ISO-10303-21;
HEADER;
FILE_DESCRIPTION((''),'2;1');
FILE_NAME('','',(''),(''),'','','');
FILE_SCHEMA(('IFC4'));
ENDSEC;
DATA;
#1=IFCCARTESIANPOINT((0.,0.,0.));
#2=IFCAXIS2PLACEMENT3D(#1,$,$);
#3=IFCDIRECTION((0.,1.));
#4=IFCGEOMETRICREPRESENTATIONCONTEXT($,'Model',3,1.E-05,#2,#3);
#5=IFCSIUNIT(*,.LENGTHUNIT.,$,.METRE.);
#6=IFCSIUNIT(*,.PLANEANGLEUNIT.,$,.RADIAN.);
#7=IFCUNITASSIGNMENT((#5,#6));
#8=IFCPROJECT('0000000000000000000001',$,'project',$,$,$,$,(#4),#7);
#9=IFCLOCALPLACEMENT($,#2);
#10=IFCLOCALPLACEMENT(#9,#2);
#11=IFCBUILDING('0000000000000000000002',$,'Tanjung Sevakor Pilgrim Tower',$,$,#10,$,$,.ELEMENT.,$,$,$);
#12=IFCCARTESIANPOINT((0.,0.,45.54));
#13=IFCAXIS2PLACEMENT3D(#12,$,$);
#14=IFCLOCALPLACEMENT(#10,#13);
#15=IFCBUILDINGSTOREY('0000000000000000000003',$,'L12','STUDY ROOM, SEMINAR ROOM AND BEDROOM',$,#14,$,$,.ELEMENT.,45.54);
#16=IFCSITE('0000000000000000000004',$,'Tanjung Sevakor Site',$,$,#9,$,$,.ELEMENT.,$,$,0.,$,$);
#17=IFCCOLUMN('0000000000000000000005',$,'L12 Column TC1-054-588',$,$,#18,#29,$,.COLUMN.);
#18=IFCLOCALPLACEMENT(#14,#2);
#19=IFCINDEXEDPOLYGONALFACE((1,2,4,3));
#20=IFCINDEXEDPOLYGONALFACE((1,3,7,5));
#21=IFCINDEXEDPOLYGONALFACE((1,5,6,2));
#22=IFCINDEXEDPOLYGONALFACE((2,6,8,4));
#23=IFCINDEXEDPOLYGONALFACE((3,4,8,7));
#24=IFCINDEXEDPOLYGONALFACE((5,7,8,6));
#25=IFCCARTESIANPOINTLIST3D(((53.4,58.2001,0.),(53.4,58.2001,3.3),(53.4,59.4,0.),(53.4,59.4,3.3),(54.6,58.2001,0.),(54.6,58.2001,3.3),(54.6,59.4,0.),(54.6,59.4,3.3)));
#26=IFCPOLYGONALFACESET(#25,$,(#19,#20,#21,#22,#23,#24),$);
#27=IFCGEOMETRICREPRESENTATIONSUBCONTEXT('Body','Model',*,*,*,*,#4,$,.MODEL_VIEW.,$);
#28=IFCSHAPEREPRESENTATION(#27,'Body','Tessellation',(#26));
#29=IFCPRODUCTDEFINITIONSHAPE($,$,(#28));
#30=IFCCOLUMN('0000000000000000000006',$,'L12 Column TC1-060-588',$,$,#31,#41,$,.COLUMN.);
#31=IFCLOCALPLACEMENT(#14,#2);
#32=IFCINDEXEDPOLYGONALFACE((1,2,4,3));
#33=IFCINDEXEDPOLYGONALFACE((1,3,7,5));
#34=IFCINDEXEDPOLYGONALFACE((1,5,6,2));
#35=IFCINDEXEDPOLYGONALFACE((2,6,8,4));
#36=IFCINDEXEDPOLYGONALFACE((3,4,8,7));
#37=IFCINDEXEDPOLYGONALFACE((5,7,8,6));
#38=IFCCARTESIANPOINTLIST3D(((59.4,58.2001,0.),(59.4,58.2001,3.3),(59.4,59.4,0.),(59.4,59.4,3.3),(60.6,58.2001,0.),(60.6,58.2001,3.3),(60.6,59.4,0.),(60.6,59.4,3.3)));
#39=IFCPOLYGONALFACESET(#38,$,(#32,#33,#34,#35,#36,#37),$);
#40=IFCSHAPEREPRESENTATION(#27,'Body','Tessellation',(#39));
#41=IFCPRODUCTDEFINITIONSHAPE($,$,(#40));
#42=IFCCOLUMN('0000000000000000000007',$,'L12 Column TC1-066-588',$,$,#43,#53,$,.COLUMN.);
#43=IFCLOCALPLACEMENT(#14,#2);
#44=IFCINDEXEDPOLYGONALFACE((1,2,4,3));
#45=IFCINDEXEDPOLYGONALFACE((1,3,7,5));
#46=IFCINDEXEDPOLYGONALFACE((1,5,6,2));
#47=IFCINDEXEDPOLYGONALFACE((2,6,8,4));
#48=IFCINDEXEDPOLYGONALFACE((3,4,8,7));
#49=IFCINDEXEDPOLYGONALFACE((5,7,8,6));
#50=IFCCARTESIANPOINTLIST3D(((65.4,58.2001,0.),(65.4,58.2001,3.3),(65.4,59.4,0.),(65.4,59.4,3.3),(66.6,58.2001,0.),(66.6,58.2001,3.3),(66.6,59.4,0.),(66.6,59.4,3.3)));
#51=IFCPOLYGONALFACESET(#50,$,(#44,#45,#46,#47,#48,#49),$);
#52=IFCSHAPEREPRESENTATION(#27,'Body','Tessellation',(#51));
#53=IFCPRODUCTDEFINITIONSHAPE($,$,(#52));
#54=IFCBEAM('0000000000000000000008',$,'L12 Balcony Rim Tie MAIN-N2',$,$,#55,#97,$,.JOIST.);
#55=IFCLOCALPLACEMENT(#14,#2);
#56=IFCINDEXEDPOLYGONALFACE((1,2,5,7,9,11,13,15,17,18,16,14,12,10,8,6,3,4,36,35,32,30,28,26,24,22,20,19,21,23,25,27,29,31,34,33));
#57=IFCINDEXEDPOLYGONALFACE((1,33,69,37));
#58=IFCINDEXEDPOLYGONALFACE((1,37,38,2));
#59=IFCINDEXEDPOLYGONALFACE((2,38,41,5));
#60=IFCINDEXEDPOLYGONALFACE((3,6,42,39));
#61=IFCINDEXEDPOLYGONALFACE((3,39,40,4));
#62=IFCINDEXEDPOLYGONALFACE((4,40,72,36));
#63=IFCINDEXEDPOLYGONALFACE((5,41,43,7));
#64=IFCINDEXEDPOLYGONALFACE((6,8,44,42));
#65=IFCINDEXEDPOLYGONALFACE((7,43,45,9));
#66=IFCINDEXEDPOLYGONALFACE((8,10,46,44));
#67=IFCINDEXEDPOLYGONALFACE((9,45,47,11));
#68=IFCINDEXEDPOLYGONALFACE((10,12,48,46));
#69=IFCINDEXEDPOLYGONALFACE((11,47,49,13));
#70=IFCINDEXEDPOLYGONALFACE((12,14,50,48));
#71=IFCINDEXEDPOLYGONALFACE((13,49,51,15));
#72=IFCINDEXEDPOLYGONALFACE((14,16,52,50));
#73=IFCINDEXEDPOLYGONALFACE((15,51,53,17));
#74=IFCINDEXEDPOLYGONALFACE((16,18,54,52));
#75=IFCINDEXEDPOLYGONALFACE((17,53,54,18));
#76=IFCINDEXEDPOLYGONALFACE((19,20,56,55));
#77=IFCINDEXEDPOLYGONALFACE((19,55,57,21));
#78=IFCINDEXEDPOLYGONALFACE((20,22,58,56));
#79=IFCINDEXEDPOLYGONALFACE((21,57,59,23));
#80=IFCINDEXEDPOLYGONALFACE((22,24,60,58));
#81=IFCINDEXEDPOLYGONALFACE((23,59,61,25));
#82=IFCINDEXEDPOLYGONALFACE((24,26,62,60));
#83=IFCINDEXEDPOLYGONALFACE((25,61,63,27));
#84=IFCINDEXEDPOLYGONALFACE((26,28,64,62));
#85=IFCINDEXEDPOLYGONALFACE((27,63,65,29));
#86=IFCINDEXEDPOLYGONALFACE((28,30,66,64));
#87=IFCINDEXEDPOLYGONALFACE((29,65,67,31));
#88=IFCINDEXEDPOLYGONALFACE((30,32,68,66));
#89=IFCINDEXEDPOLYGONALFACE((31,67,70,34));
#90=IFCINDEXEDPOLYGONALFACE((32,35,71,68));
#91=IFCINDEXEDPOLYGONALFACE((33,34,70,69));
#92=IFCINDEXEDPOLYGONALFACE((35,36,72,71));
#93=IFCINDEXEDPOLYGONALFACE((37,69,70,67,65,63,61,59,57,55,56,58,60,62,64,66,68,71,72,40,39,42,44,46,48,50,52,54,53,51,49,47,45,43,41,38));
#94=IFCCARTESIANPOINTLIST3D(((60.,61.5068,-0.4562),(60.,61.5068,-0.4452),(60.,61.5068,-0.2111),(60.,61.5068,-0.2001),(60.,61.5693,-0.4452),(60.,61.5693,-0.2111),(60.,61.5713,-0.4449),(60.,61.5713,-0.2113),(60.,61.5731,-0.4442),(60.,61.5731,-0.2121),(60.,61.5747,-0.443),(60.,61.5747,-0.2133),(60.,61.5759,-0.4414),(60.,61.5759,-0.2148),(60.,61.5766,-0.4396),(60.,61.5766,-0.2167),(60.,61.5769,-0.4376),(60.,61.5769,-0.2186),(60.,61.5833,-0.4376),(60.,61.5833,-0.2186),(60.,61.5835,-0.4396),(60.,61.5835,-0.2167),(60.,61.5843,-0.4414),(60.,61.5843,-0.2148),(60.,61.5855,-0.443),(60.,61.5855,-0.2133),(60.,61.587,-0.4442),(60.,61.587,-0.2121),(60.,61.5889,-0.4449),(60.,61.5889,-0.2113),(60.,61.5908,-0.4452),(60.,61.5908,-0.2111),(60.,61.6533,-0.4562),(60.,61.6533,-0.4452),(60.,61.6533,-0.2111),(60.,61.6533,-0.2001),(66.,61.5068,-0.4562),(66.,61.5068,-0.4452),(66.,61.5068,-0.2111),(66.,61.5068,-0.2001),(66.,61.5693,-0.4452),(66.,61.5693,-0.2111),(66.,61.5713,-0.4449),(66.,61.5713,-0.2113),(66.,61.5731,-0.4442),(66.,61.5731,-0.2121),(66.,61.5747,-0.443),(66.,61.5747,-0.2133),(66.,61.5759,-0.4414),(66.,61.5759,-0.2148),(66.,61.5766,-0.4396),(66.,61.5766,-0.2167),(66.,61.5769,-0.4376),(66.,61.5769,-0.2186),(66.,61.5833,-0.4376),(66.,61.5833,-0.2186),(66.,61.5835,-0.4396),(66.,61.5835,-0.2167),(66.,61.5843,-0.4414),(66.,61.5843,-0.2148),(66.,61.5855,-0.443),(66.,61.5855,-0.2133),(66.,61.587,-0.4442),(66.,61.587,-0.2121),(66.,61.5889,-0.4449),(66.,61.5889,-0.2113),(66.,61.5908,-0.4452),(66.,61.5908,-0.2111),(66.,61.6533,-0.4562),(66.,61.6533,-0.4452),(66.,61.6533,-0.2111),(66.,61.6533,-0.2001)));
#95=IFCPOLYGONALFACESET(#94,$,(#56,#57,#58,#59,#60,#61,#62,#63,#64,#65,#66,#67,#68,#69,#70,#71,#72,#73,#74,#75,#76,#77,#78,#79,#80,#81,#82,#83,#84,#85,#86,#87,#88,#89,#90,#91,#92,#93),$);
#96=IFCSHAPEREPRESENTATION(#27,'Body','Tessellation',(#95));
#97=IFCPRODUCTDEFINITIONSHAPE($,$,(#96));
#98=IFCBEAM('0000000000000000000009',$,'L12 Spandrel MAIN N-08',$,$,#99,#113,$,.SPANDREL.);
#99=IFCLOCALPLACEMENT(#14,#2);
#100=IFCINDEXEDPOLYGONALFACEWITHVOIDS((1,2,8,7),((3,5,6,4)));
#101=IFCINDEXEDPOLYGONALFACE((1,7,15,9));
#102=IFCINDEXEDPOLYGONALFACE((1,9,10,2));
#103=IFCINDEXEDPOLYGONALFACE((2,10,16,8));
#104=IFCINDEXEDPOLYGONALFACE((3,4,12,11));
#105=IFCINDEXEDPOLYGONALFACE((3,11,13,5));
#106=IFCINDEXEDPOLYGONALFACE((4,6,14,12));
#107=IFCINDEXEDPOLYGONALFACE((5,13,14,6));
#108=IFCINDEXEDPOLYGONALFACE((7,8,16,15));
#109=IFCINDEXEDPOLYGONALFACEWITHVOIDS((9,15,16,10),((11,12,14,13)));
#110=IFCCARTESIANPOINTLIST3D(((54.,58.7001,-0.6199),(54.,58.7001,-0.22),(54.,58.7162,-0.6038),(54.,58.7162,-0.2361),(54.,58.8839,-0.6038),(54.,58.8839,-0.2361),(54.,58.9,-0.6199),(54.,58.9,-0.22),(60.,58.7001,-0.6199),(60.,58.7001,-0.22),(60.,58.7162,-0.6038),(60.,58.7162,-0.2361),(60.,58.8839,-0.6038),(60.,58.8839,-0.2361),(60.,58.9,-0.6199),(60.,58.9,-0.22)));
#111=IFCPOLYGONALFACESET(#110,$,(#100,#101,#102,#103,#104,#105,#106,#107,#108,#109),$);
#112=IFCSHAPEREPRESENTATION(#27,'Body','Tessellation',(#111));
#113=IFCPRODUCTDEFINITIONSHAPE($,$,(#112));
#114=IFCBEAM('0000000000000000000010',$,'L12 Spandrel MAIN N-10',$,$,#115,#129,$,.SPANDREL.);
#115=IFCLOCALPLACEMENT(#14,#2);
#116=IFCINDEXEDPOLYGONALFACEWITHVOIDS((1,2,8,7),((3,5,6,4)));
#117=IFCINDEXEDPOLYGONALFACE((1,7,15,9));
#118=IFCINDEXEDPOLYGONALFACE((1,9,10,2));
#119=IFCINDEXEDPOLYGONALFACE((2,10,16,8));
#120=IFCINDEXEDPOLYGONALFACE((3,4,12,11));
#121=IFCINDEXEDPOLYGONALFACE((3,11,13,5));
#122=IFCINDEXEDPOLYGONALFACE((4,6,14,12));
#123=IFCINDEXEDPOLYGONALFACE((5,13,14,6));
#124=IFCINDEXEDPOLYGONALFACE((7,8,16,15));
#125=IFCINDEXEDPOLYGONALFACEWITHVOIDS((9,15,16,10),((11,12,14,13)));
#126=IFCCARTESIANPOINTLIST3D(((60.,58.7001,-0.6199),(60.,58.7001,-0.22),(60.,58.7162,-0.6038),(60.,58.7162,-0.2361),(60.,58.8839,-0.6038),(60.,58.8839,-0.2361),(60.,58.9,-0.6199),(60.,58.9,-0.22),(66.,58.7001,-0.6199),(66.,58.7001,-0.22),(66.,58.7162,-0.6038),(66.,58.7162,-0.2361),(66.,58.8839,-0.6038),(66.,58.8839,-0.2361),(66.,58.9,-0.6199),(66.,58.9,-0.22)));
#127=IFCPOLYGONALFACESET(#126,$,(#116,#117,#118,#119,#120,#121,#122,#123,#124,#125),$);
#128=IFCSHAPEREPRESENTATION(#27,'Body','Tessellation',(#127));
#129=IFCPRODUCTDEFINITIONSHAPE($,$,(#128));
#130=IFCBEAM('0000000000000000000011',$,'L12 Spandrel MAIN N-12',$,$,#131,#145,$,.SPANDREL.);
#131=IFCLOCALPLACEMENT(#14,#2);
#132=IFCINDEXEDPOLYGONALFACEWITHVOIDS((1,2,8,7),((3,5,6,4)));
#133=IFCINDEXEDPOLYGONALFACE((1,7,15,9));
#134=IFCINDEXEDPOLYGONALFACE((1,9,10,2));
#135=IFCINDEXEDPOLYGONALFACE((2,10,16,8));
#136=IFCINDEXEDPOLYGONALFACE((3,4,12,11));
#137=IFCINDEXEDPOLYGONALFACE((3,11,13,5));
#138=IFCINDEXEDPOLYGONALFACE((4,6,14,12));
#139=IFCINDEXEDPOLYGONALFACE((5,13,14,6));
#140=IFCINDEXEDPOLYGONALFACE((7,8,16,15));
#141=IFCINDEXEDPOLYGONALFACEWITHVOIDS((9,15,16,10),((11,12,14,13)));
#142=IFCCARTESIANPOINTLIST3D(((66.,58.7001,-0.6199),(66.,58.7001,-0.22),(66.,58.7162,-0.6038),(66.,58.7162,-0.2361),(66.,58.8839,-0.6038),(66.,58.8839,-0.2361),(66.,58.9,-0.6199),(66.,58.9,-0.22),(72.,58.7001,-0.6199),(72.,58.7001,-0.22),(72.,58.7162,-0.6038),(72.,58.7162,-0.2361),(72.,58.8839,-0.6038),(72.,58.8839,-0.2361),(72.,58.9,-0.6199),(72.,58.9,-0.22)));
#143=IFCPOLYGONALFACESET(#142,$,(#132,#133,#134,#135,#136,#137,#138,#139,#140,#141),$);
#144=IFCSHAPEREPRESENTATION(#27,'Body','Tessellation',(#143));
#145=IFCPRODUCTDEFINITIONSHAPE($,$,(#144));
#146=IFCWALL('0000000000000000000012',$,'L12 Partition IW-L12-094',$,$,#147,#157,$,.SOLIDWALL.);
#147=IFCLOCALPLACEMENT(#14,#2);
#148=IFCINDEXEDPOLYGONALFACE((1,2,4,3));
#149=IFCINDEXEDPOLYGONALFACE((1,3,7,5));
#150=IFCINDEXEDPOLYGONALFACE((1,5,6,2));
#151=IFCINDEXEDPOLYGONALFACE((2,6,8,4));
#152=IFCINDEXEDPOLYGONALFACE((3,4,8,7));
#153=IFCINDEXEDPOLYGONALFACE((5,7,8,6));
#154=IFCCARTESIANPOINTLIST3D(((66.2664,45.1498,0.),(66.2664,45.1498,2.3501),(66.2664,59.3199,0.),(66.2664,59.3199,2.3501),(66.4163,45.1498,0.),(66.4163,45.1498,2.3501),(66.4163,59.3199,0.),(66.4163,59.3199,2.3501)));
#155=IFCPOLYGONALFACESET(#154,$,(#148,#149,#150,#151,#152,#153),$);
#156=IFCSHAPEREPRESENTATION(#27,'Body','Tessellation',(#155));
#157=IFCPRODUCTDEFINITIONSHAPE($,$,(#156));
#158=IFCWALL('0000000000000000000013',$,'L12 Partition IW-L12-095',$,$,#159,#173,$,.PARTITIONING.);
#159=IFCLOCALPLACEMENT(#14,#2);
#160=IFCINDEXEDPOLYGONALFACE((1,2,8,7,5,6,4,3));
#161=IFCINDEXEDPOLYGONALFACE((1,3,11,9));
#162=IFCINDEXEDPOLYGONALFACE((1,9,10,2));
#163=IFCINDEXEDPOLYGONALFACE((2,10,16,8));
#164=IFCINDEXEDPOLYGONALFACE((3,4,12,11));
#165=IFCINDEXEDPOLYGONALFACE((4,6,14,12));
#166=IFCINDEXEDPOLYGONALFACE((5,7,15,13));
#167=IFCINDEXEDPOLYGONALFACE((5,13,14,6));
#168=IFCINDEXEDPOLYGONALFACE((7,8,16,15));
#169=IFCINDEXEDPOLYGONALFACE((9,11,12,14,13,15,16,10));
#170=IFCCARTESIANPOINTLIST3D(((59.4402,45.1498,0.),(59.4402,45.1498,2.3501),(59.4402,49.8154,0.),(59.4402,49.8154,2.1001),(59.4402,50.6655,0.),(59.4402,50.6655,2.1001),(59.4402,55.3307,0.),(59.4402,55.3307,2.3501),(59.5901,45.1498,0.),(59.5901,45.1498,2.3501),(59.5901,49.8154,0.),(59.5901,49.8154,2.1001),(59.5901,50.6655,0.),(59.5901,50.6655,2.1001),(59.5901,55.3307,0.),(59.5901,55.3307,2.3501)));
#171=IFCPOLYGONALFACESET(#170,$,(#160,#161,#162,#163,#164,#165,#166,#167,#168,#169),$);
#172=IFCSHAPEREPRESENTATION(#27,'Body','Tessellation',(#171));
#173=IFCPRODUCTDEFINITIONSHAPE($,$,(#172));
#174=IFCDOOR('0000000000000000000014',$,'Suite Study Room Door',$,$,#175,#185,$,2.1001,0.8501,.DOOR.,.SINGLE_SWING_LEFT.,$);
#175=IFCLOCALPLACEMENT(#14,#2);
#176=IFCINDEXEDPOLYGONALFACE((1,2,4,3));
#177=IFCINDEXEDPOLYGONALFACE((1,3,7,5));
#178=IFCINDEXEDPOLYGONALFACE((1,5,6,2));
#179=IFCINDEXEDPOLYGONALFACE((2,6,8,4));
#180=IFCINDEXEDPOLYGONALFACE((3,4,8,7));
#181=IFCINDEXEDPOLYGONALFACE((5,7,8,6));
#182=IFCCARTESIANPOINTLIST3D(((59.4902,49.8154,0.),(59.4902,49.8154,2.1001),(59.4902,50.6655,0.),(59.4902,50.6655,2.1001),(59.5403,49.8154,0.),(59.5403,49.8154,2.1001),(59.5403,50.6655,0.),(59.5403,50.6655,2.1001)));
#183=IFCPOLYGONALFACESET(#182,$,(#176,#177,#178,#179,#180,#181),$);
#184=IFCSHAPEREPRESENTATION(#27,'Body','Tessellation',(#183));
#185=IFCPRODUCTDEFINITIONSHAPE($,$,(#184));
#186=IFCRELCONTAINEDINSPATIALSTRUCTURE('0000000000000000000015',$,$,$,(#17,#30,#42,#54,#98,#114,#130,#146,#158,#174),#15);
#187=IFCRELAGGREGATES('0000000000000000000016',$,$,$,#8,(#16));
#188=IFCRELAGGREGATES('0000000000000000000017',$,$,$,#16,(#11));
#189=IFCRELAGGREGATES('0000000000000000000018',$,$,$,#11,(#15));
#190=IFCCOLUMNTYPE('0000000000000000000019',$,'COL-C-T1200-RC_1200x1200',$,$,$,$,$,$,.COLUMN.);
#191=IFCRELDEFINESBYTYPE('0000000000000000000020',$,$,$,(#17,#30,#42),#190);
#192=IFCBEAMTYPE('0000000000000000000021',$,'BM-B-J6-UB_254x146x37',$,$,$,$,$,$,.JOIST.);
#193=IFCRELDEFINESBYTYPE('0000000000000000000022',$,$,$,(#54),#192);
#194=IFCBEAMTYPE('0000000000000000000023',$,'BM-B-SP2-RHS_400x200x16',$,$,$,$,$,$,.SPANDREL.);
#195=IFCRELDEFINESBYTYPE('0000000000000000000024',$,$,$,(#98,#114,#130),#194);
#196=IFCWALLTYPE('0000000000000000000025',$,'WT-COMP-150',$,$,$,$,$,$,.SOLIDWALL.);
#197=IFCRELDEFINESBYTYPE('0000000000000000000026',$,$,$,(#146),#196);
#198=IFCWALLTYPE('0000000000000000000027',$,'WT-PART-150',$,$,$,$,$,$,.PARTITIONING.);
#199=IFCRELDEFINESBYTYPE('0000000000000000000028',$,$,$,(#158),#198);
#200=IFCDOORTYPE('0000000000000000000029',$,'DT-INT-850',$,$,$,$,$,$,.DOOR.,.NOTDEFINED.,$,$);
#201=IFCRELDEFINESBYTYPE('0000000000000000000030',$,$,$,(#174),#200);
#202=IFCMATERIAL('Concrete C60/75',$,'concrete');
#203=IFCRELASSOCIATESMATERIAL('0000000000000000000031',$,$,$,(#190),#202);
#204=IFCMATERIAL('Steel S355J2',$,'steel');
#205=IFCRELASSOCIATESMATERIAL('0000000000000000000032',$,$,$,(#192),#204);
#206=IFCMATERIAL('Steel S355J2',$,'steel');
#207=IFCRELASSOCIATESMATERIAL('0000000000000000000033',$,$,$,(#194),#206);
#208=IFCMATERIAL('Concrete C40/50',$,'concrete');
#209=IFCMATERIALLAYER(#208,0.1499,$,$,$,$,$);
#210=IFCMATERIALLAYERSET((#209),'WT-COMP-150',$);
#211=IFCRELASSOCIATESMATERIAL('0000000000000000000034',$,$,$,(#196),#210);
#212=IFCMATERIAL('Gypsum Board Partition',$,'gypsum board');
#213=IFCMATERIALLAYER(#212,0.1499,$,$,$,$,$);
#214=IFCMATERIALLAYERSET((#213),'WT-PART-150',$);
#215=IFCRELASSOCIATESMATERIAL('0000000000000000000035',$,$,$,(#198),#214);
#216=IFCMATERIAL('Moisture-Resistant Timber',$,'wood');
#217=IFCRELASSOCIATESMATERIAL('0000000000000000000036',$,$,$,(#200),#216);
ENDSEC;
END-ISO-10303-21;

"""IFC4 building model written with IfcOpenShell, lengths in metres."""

from ifc_helpers import new_model, si_unit, direction, frame, frame_2d, origin, origin_2d, place, context, subcontext, project, spatial, rectangle, hollow_rectangle, i_section, extrude, material, layer, layer_set, material_profile, profile_set, type_object, element, fill, save


model = new_model("IFC4")

# Units and contexts
model_context = context("Model", 3, precision=1e-05, world=origin(), true_north=direction((0.0, 1.0)))
body_context = subcontext(model_context, "Body", "Model", "MODEL_VIEW")
ifc_project = project(units=[si_unit("LENGTHUNIT", "METRE"), si_unit("PLANEANGLEUNIT", "RADIAN")], contexts=[model_context])

# Site, building, storey
site_placement = place(None, origin())
site = spatial("IfcSite", under=ifc_project, at=site_placement, Name="Tanjung Sevakor Site", CompositionType="ELEMENT", RefElevation=0.0)
building_placement = place(site_placement, origin())
building = spatial("IfcBuilding", under=site, at=building_placement, Name="Tanjung Sevakor Pilgrim Tower", CompositionType="ELEMENT")
storey_placement = place(building_placement, frame((0.0, 0.0, 45.54)))
storey = spatial("IfcBuildingStorey", under=building, at=storey_placement, Name="L12", Description="STUDY ROOM, SEMINAR ROOM AND BEDROOM", CompositionType="ELEMENT", Elevation=45.54)

# Columns
ifc_material_1 = material(Name="Concrete C60/75", Category="concrete")
ifc_material_profile_1 = material_profile(ifc_material_1, rectangle(XDim=1.2, YDim=1.2, at=origin_2d()))
ifc_profile_set_1 = profile_set([ifc_material_profile_1], Name="Concrete C60/75")
column_type = type_object("IfcColumnType", Name="COL-C-T1200-RC_1200x1200", PredefinedType="COLUMN", material=ifc_profile_set_1)
for number, where, z_axis, x_axis, name in (
    (1, (54.0, 58.8, 0.0), (0.0, 0.0, 1.0), (1.0, 0.0, 0.0), "L12 Column TC1-054-588"),
    (2, (60.0, 58.8, 0.0), (0.0, 0.0, 1.0), (1.0, 0.0, 0.0), "L12 Column TC1-060-588"),
    (3, (66.0, 58.8, 0.0), (0.0, 0.0, 1.0), (1.0, 0.0, 0.0), "L12 Column TC1-066-588"),
):
    element("IfcColumn", number, at=place(storey_placement, frame(where, z_axis=z_axis, x_axis=x_axis)), inside=storey, type_object=column_type, Name=name, PredefinedType="COLUMN", context=body_context, shape_type="SweptSolid", body=[
        extrude(rectangle(XDim=1.2, YDim=1.2, at=origin_2d()), origin(), (0.0, 0.0, 1.0), 3.3),
    ])

# Beams
ifc_material_2 = material(Name="Steel S355J2", Category="steel")
ifc_material_profile_2 = material_profile(ifc_material_2, i_section(OverallWidth=0.1465, OverallDepth=0.2561, WebThickness=0.0063, FlangeThickness=0.011, FilletRadius=0.0076, at=origin_2d()))
ifc_profile_set_2 = profile_set([ifc_material_profile_2], Name="Steel S355J2")
beam_type_1 = type_object("IfcBeamType", Name="BM-B-J6-UB_254x146x37", PredefinedType="JOIST", material=ifc_profile_set_2)
beam_placement = place(storey_placement, frame((60.0, 61.5801, -0.3281), z_axis=(1.0, 0.0, 0.0), x_axis=(0.0, 1.0, 0.0)))
element("IfcBeam", 4, at=beam_placement, inside=storey, type_object=beam_type_1, Name="L12 Balcony Rim Tie MAIN-N2", PredefinedType="JOIST", context=body_context, shape_type="SweptSolid", body=[
    extrude(i_section(OverallWidth=0.1465, OverallDepth=0.2561, WebThickness=0.0063, FlangeThickness=0.011, FilletRadius=0.0076, at=origin_2d()), origin(), (0.0, 0.0, 1.0), 6.0),
])
ifc_material_3 = material(Name="Steel S355J2", Category="steel")
ifc_material_profile_3 = material_profile(ifc_material_3, hollow_rectangle(XDim=0.2, YDim=0.3999, WallThickness=0.0161, at=origin_2d()))
ifc_profile_set_3 = profile_set([ifc_material_profile_3], Name="Steel S355J2")
beam_type_2 = type_object("IfcBeamType", Name="BM-B-SP2-RHS_400x200x16", PredefinedType="SPANDREL", material=ifc_profile_set_3)
for number, where, z_axis, x_axis, name in (
    (5, (54.0, 58.8, -0.4199), (1.0, 0.0, 0.0), (0.0, 1.0, 0.0), "L12 Spandrel MAIN N-08"),
    (6, (60.0, 58.8, -0.4199), (1.0, 0.0, 0.0), (0.0, 1.0, 0.0), "L12 Spandrel MAIN N-10"),
    (7, (66.0, 58.8, -0.4199), (1.0, 0.0, 0.0), (0.0, 1.0, 0.0), "L12 Spandrel MAIN N-12"),
):
    element("IfcBeam", number, at=place(storey_placement, frame(where, z_axis=z_axis, x_axis=x_axis)), inside=storey, type_object=beam_type_2, Name=name, PredefinedType="SPANDREL", context=body_context, shape_type="SweptSolid", body=[
        extrude(hollow_rectangle(XDim=0.2, YDim=0.3999, WallThickness=0.0161, at=origin_2d()), origin(), (0.0, 0.0, 1.0), 6.0),
    ])

# Wall
ifc_material_4 = material(Name="Concrete C40/50", Category="concrete")
ifc_layer_1 = layer(ifc_material_4, 0.1499)
ifc_layer_set_1 = layer_set([ifc_layer_1], Name="WT-COMP-150")
wall_type_1 = type_object("IfcWallType", Name="WT-COMP-150", PredefinedType="SOLIDWALL", material=ifc_layer_set_1)
wall_1_placement = place(storey_placement, frame((66.3413, 45.1499, 0.0), z_axis=(0.0, 0.0, 1.0), x_axis=(0.0, 1.0, 0.0)))
element("IfcWall", 8, at=wall_1_placement, inside=storey, type_object=wall_type_1, Name="L12 Partition IW-L12-094", PredefinedType="SOLIDWALL", context=body_context, shape_type="SweptSolid", body=[
    extrude(rectangle(XDim=14.1702, YDim=0.1499, at=frame_2d((7.085, 0.0))), origin(), (0.0, 0.0, 1.0), 2.3501),
])

# Wall, opening, door
ifc_material_5 = material(Name="Gypsum Board Partition", Category="gypsum board")
ifc_layer_2 = layer(ifc_material_5, 0.1499)
ifc_layer_set_2 = layer_set([ifc_layer_2], Name="WT-PART-150")
wall_type_2 = type_object("IfcWallType", Name="WT-PART-150", PredefinedType="PARTITIONING", material=ifc_layer_set_2)
wall_2_placement = place(storey_placement, frame((59.5151, 45.1499, 0.0), z_axis=(0.0, 0.0, 1.0), x_axis=(0.0, 1.0, 0.0)))
wall_2 = element("IfcWall", 9, at=wall_2_placement, inside=storey, type_object=wall_type_2, Name="L12 Partition IW-L12-095", PredefinedType="PARTITIONING", context=body_context, shape_type="SweptSolid", body=[
    extrude(rectangle(XDim=10.1809, YDim=0.1499, at=frame_2d((5.0903, 0.0))), origin(), (0.0, 0.0, 1.0), 2.3501),
])
opening_1_placement = place(wall_2_placement, frame((4.6655, 0.0, 0.0)))
opening_1 = element("IfcOpeningElement", 10, at=opening_1_placement, cuts=wall_2, PredefinedType="OPENING", context=body_context, shape_type="SweptSolid", body=[
    extrude(rectangle(XDim=0.8501, YDim=2.1001, at=frame_2d((0.425, 1.05))), frame((0.0, 0.085, 0.0), z_axis=(0.0, -1.0, 0.0), x_axis=(1.0, 0.0, 0.0)), (0.0, 0.0, 1.0), 0.1699),
])
ifc_material_6 = material(Name="Moisture-Resistant Timber", Category="wood")
door_type = type_object("IfcDoorType", Name="DT-INT-850", OperationType="NOTDEFINED", PredefinedType="DOOR", material=ifc_material_6)
door_1_placement = place(opening_1_placement, origin())
door_1 = element("IfcDoor", 11, at=door_1_placement, inside=storey, type_object=door_type, Name="Suite Study Room Door", OperationType="SINGLE_SWING_LEFT", OverallHeight=2.1001, OverallWidth=0.8501, PredefinedType="DOOR", context=body_context, shape_type="SweptSolid", body=[
    extrude(rectangle(XDim=0.8501, YDim=2.1001, at=frame_2d((0.425, 1.05))), frame((0.0, 0.0249, 0.0), z_axis=(0.0, -1.0, 0.0), x_axis=(1.0, 0.0, 0.0)), (0.0, 0.0, 1.0), 0.05),
])
fill(opening_1, door_1)

save(model, "model.ifc")
